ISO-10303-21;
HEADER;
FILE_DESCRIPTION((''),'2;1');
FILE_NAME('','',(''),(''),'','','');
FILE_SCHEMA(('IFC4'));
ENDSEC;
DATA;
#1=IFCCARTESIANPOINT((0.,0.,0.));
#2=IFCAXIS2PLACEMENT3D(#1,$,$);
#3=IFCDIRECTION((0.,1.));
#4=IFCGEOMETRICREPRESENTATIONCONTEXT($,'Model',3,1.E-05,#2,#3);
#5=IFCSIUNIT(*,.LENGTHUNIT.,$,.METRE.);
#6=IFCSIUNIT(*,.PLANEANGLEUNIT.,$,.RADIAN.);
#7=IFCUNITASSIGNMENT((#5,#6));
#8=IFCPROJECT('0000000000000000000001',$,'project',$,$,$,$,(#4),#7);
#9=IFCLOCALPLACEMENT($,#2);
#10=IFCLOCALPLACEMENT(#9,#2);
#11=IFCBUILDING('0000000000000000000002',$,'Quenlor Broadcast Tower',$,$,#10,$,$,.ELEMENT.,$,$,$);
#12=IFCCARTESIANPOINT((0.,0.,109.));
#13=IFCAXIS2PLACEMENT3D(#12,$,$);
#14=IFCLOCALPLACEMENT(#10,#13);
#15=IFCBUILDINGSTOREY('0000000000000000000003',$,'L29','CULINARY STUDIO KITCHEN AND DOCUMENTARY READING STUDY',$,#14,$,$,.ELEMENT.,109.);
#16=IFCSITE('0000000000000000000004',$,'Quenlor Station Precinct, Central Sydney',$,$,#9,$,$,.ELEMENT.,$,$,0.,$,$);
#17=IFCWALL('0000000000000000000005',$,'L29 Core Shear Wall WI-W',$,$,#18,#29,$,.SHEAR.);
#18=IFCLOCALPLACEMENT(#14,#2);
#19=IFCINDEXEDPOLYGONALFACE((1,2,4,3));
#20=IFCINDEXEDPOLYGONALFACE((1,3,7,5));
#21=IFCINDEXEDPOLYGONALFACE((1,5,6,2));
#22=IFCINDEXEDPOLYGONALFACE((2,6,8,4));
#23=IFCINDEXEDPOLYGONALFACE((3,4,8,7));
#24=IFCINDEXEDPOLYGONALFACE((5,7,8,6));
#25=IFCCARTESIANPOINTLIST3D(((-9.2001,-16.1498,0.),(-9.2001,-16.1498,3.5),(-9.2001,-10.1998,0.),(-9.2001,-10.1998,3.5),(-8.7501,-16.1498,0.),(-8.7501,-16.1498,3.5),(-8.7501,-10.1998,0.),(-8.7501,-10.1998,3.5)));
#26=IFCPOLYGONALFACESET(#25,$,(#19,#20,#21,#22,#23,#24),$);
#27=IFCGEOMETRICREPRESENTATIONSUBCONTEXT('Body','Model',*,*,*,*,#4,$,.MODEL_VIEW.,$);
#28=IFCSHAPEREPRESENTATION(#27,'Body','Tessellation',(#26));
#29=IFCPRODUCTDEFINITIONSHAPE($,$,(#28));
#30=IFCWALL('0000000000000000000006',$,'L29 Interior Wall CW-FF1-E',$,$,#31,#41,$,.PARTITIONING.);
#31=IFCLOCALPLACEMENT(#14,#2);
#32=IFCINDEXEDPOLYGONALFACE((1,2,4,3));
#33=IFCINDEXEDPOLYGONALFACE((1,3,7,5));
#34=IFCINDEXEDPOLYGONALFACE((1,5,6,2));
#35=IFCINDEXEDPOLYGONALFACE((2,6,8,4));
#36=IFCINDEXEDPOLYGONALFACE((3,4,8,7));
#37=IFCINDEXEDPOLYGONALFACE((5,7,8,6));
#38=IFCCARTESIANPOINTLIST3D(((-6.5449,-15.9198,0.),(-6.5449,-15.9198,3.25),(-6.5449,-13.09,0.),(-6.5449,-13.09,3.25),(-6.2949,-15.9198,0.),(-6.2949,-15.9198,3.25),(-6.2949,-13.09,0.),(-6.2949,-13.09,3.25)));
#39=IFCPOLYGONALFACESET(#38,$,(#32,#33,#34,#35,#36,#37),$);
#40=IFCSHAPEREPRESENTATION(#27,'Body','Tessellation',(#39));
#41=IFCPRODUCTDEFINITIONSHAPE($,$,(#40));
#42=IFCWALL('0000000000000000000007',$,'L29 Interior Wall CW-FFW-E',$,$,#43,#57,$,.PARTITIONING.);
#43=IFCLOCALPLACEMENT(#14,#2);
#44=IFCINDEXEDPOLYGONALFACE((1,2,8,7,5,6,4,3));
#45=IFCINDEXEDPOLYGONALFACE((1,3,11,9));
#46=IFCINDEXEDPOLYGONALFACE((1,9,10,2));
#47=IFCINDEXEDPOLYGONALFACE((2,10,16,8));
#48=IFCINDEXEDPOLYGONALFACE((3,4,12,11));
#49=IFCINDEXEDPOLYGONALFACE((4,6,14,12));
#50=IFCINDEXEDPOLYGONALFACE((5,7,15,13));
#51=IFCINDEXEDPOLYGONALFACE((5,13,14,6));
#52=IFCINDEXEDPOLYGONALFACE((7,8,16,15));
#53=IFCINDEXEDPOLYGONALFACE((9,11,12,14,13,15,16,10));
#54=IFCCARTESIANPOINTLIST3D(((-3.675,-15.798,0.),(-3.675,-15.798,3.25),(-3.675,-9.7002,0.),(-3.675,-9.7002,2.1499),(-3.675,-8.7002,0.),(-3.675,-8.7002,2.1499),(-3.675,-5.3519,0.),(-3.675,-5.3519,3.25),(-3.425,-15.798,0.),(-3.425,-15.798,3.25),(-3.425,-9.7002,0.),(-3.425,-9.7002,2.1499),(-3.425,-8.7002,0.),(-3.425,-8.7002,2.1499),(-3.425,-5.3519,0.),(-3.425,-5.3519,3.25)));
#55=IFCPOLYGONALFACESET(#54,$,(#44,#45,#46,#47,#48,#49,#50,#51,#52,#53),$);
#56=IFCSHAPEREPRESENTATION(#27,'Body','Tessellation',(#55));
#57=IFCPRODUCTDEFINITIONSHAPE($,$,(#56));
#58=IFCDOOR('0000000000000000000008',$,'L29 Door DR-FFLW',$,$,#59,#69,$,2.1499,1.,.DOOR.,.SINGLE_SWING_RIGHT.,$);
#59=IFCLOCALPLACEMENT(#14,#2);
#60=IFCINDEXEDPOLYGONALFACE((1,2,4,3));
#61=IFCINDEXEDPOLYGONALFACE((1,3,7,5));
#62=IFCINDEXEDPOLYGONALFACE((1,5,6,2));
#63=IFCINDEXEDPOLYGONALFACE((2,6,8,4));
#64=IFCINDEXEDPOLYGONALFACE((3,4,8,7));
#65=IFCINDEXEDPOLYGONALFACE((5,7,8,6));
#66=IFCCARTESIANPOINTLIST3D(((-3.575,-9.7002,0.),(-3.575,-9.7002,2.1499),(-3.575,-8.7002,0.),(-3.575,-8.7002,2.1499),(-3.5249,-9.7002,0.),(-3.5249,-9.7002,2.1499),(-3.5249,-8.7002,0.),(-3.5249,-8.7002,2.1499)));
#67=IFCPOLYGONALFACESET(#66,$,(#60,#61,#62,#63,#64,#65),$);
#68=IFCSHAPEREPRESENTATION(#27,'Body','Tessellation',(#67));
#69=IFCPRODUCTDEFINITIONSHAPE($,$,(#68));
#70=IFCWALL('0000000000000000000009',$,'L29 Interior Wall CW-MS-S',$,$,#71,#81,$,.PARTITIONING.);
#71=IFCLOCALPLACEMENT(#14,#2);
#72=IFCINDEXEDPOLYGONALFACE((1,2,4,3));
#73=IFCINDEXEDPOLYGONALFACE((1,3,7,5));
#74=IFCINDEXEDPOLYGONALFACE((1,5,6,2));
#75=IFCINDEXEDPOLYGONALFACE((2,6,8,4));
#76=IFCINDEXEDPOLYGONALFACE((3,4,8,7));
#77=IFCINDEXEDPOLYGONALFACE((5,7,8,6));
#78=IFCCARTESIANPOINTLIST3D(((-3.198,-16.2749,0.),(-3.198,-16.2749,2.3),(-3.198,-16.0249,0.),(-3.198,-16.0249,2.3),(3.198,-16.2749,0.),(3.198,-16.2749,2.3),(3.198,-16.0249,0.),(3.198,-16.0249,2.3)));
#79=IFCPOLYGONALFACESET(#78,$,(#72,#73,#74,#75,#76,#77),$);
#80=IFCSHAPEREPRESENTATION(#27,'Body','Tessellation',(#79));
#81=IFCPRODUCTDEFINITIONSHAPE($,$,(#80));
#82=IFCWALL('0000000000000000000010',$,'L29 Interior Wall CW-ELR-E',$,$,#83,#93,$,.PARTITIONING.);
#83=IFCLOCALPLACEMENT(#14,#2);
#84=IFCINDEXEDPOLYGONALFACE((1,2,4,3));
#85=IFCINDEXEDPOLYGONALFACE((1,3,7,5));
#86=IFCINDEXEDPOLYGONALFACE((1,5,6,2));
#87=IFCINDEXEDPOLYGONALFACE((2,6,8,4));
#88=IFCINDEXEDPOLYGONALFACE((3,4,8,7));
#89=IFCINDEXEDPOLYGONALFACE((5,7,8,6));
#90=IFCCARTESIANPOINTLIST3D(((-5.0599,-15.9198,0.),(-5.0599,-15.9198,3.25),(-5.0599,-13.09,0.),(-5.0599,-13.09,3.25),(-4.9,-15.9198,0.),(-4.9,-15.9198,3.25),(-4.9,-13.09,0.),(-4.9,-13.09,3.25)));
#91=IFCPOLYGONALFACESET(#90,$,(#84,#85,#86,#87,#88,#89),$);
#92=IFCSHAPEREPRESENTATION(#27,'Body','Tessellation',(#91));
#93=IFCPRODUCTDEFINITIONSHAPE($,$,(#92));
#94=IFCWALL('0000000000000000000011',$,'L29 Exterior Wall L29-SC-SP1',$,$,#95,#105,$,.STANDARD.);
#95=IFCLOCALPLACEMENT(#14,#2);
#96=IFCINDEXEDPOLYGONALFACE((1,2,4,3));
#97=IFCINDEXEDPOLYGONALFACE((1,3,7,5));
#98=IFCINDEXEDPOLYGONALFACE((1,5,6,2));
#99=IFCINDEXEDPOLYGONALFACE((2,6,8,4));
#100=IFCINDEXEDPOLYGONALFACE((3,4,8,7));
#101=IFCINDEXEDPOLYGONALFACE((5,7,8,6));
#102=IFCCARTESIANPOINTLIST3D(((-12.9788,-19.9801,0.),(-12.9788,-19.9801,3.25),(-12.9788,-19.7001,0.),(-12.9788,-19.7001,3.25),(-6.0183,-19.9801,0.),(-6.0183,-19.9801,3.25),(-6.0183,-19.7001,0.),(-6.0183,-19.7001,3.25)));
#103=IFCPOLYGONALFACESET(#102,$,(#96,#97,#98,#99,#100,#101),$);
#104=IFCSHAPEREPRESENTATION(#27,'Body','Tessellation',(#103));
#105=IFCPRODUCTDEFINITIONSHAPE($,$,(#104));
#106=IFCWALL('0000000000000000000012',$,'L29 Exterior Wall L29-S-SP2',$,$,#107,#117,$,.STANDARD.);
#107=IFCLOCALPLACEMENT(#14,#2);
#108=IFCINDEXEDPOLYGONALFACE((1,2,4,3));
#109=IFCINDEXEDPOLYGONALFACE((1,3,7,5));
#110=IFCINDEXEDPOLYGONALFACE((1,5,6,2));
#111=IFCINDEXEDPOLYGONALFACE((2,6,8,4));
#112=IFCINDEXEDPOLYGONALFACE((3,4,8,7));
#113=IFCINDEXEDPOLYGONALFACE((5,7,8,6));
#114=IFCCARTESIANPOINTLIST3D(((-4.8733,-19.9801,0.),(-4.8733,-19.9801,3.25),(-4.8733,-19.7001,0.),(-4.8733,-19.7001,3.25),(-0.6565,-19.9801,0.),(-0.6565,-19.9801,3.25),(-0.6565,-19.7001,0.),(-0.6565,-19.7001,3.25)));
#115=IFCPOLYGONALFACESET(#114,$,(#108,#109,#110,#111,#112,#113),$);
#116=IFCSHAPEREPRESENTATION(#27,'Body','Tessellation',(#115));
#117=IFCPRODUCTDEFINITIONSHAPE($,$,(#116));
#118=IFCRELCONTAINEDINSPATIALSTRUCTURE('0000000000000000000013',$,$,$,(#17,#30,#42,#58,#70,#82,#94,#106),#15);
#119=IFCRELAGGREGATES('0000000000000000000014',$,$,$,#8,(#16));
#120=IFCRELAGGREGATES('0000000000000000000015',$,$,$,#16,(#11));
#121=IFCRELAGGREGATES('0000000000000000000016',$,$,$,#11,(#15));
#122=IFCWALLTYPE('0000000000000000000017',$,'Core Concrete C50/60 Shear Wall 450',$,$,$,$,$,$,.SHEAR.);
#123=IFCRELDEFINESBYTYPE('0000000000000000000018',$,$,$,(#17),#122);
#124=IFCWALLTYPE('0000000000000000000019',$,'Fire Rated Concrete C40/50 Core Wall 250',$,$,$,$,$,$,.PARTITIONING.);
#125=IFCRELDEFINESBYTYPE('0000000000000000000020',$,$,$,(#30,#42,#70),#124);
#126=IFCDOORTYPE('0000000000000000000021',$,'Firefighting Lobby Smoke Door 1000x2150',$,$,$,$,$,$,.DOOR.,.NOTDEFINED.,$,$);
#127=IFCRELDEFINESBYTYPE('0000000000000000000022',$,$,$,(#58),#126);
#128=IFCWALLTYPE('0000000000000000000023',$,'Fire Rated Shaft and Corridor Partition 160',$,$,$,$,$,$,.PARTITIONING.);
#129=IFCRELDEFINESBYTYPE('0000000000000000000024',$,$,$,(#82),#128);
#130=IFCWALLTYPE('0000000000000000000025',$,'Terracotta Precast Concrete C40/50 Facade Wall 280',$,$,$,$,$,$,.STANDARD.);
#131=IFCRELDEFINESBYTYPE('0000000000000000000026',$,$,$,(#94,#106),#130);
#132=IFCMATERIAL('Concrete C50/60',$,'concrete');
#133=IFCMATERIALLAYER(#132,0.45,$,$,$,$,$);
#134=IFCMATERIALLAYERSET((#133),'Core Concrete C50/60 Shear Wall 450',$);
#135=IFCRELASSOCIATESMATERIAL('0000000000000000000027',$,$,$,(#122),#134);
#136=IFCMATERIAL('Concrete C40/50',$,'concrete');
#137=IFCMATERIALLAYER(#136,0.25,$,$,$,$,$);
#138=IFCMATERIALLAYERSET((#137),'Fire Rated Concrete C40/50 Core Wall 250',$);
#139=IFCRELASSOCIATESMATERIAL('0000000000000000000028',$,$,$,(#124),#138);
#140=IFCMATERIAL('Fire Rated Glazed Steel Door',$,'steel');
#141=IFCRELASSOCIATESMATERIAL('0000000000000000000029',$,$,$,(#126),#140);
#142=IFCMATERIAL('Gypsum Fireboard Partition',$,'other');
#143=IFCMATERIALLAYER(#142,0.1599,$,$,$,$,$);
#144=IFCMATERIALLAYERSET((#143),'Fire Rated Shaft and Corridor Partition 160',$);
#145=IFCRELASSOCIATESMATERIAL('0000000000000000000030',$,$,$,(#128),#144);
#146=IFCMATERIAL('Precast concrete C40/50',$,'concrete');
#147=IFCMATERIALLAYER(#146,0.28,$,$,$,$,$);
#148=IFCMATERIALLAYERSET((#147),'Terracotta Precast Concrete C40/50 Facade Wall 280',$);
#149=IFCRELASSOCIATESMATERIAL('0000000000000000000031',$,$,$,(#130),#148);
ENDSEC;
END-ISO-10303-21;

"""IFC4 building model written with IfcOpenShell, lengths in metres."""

from ifc_helpers import new_model, si_unit, direction, frame, frame_2d, origin, place, context, subcontext, project, spatial, rectangle, extrude, material, layer, layer_set, type_object, element, fill, save


model = new_model("IFC4")

# Units and contexts
model_context = context("Model", 3, precision=1e-05, world=origin(), true_north=direction((0.0, 1.0)))
body_context = subcontext(model_context, "Body", "Model", "MODEL_VIEW")
ifc_project = project(units=[si_unit("LENGTHUNIT", "METRE"), si_unit("PLANEANGLEUNIT", "RADIAN")], contexts=[model_context])

# Site, building, storey
site_placement = place(None, origin())
site = spatial("IfcSite", under=ifc_project, at=site_placement, Name="Quenlor Station Precinct, Central Sydney", CompositionType="ELEMENT", RefElevation=0.0)
building_placement = place(site_placement, origin())
building = spatial("IfcBuilding", under=site, at=building_placement, Name="Quenlor Broadcast Tower", CompositionType="ELEMENT")
storey_placement = place(building_placement, frame((0.0, 0.0, 109.0)))
storey = spatial("IfcBuildingStorey", under=building, at=storey_placement, Name="L29", Description="CULINARY STUDIO KITCHEN AND DOCUMENTARY READING STUDY", CompositionType="ELEMENT", Elevation=109.0)

# Wall
ifc_material_1 = material(Name="Concrete C50/60", Category="concrete")
ifc_layer_1 = layer(ifc_material_1, 0.45)
ifc_layer_set_1 = layer_set([ifc_layer_1], Name="Core Concrete C50/60 Shear Wall 450")
wall_type_1 = type_object("IfcWallType", Name="Core Concrete C50/60 Shear Wall 450", PredefinedType="SHEAR", material=ifc_layer_set_1)
wall_1_placement = place(storey_placement, frame((-8.9751, -16.1499, 0.0), z_axis=(0.0, 0.0, 1.0), x_axis=(0.0, 1.0, 0.0)))
element("IfcWall", 1, at=wall_1_placement, inside=storey, type_object=wall_type_1, Name="L29 Core Shear Wall WI-W", PredefinedType="SHEAR", context=body_context, shape_type="SweptSolid", body=[
    extrude(rectangle(XDim=5.95, YDim=0.45, at=frame_2d((2.9751, 0.0))), origin(), (0.0, 0.0, 1.0), 3.5),
])

# Shared definitions
ifc_material_2 = material(Name="Concrete C40/50", Category="concrete")
ifc_layer_2 = layer(ifc_material_2, 0.25)
ifc_layer_set_2 = layer_set([ifc_layer_2], Name="Fire Rated Concrete C40/50 Core Wall 250")
wall_type_2 = type_object("IfcWallType", Name="Fire Rated Concrete C40/50 Core Wall 250", PredefinedType="PARTITIONING", material=ifc_layer_set_2)

# Wall
wall_2_placement = place(storey_placement, frame((-6.4199, -15.9199, 0.0), z_axis=(0.0, 0.0, 1.0), x_axis=(0.0, 1.0, 0.0)))
element("IfcWall", 2, at=wall_2_placement, inside=storey, type_object=wall_type_2, Name="L29 Interior Wall CW-FF1-E", PredefinedType="PARTITIONING", context=body_context, shape_type="SweptSolid", body=[
    extrude(rectangle(XDim=2.8298, YDim=0.25, at=frame_2d((1.415, 0.0))), origin(), (0.0, 0.0, 1.0), 3.25),
])

# Wall, opening, door
wall_3_placement = place(storey_placement, frame((-3.55, -15.7981, 0.0), z_axis=(0.0, 0.0, 1.0), x_axis=(0.0, 1.0, 0.0)))
wall_3 = element("IfcWall", 3, at=wall_3_placement, inside=storey, type_object=wall_type_2, Name="L29 Interior Wall CW-FFW-E", PredefinedType="PARTITIONING", context=body_context, shape_type="SweptSolid", body=[
    extrude(rectangle(XDim=10.446, YDim=0.25, at=frame_2d((5.2231, 0.0))), origin(), (0.0, 0.0, 1.0), 3.25),
])
opening_1_placement = place(wall_3_placement, frame((6.0979, 0.0, 0.0)))
opening_1 = element("IfcOpeningElement", 4, at=opening_1_placement, cuts=wall_3, PredefinedType="OPENING", context=body_context, shape_type="SweptSolid", body=[
    extrude(rectangle(XDim=1.0, YDim=2.1499, at=frame_2d((0.5, 1.075))), frame((0.0, 0.135, 0.0), z_axis=(0.0, -1.0, 0.0), x_axis=(1.0, 0.0, 0.0)), (0.0, 0.0, 1.0), 0.27),
])
ifc_material_3 = material(Name="Fire Rated Glazed Steel Door", Category="steel")
door_type_1 = type_object("IfcDoorType", Name="Firefighting Lobby Smoke Door 1000x2150", OperationType="NOTDEFINED", PredefinedType="DOOR", material=ifc_material_3)
door_1_placement = place(opening_1_placement, origin())
door_1 = element("IfcDoor", 5, at=door_1_placement, inside=storey, type_object=door_type_1, Name="L29 Door DR-FFLW", OperationType="SINGLE_SWING_RIGHT", OverallHeight=2.1499, OverallWidth=1.0, PredefinedType="DOOR", context=body_context, shape_type="SweptSolid", body=[
    extrude(rectangle(XDim=1.0, YDim=2.1499, at=frame_2d((0.5, 1.075))), frame((0.0, 0.0249, 0.0), z_axis=(0.0, -1.0, 0.0), x_axis=(1.0, 0.0, 0.0)), (0.0, 0.0, 1.0), 0.05),
])
fill(opening_1, door_1)

# Walls
wall_4_placement = place(storey_placement, frame((-3.198, -16.1499, 0.0), z_axis=(0.0, 0.0, 1.0), x_axis=(1.0, 0.0, 0.0)))
element("IfcWall", 6, at=wall_4_placement, inside=storey, type_object=wall_type_2, Name="L29 Interior Wall CW-MS-S", PredefinedType="PARTITIONING", context=body_context, shape_type="SweptSolid", body=[
    extrude(rectangle(XDim=6.396, YDim=0.25, at=frame_2d((3.198, 0.0))), origin(), (0.0, 0.0, 1.0), 2.3),
])
ifc_material_4 = material(Name="Gypsum Fireboard Partition", Category="other")
ifc_layer_3 = layer(ifc_material_4, 0.1599)
ifc_layer_set_3 = layer_set([ifc_layer_3], Name="Fire Rated Shaft and Corridor Partition 160")
wall_type_3 = type_object("IfcWallType", Name="Fire Rated Shaft and Corridor Partition 160", PredefinedType="PARTITIONING", material=ifc_layer_set_3)
wall_5_placement = place(storey_placement, frame((-4.98, -15.9199, 0.0), z_axis=(0.0, 0.0, 1.0), x_axis=(0.0, 1.0, 0.0)))
element("IfcWall", 7, at=wall_5_placement, inside=storey, type_object=wall_type_3, Name="L29 Interior Wall CW-ELR-E", PredefinedType="PARTITIONING", context=body_context, shape_type="SweptSolid", body=[
    extrude(rectangle(XDim=2.8298, YDim=0.1599, at=frame_2d((1.415, 0.0))), origin(), (0.0, 0.0, 1.0), 3.25),
])
ifc_material_5 = material(Name="Precast concrete C40/50", Category="concrete")
ifc_layer_4 = layer(ifc_material_5, 0.28)
ifc_layer_set_4 = layer_set([ifc_layer_4], Name="Terracotta Precast Concrete C40/50 Facade Wall 280")
wall_type_4 = type_object("IfcWallType", Name="Terracotta Precast Concrete C40/50 Facade Wall 280", PredefinedType="STANDARD", material=ifc_layer_set_4)
wall_6_placement = place(storey_placement, frame((-6.0183, -19.8401, 0.0), z_axis=(0.0, 0.0, 1.0), x_axis=(-1.0, 0.0, 0.0)))
element("IfcWall", 8, at=wall_6_placement, inside=storey, type_object=wall_type_4, Name="L29 Exterior Wall L29-SC-SP1", PredefinedType="STANDARD", context=body_context, shape_type="SweptSolid", body=[
    extrude(rectangle(XDim=6.9604, YDim=0.28, at=frame_2d((3.4802, 0.0))), origin(), (0.0, 0.0, 1.0), 3.25),
])
wall_7_placement = place(storey_placement, frame((-0.6565, -19.8401, 0.0), z_axis=(0.0, 0.0, 1.0), x_axis=(-1.0, 0.0, 0.0)))
element("IfcWall", 9, at=wall_7_placement, inside=storey, type_object=wall_type_4, Name="L29 Exterior Wall L29-S-SP2", PredefinedType="STANDARD", context=body_context, shape_type="SweptSolid", body=[
    extrude(rectangle(XDim=4.2168, YDim=0.28, at=frame_2d((2.1084, 0.0))), origin(), (0.0, 0.0, 1.0), 3.25),
])

save(model, "model.ifc")
